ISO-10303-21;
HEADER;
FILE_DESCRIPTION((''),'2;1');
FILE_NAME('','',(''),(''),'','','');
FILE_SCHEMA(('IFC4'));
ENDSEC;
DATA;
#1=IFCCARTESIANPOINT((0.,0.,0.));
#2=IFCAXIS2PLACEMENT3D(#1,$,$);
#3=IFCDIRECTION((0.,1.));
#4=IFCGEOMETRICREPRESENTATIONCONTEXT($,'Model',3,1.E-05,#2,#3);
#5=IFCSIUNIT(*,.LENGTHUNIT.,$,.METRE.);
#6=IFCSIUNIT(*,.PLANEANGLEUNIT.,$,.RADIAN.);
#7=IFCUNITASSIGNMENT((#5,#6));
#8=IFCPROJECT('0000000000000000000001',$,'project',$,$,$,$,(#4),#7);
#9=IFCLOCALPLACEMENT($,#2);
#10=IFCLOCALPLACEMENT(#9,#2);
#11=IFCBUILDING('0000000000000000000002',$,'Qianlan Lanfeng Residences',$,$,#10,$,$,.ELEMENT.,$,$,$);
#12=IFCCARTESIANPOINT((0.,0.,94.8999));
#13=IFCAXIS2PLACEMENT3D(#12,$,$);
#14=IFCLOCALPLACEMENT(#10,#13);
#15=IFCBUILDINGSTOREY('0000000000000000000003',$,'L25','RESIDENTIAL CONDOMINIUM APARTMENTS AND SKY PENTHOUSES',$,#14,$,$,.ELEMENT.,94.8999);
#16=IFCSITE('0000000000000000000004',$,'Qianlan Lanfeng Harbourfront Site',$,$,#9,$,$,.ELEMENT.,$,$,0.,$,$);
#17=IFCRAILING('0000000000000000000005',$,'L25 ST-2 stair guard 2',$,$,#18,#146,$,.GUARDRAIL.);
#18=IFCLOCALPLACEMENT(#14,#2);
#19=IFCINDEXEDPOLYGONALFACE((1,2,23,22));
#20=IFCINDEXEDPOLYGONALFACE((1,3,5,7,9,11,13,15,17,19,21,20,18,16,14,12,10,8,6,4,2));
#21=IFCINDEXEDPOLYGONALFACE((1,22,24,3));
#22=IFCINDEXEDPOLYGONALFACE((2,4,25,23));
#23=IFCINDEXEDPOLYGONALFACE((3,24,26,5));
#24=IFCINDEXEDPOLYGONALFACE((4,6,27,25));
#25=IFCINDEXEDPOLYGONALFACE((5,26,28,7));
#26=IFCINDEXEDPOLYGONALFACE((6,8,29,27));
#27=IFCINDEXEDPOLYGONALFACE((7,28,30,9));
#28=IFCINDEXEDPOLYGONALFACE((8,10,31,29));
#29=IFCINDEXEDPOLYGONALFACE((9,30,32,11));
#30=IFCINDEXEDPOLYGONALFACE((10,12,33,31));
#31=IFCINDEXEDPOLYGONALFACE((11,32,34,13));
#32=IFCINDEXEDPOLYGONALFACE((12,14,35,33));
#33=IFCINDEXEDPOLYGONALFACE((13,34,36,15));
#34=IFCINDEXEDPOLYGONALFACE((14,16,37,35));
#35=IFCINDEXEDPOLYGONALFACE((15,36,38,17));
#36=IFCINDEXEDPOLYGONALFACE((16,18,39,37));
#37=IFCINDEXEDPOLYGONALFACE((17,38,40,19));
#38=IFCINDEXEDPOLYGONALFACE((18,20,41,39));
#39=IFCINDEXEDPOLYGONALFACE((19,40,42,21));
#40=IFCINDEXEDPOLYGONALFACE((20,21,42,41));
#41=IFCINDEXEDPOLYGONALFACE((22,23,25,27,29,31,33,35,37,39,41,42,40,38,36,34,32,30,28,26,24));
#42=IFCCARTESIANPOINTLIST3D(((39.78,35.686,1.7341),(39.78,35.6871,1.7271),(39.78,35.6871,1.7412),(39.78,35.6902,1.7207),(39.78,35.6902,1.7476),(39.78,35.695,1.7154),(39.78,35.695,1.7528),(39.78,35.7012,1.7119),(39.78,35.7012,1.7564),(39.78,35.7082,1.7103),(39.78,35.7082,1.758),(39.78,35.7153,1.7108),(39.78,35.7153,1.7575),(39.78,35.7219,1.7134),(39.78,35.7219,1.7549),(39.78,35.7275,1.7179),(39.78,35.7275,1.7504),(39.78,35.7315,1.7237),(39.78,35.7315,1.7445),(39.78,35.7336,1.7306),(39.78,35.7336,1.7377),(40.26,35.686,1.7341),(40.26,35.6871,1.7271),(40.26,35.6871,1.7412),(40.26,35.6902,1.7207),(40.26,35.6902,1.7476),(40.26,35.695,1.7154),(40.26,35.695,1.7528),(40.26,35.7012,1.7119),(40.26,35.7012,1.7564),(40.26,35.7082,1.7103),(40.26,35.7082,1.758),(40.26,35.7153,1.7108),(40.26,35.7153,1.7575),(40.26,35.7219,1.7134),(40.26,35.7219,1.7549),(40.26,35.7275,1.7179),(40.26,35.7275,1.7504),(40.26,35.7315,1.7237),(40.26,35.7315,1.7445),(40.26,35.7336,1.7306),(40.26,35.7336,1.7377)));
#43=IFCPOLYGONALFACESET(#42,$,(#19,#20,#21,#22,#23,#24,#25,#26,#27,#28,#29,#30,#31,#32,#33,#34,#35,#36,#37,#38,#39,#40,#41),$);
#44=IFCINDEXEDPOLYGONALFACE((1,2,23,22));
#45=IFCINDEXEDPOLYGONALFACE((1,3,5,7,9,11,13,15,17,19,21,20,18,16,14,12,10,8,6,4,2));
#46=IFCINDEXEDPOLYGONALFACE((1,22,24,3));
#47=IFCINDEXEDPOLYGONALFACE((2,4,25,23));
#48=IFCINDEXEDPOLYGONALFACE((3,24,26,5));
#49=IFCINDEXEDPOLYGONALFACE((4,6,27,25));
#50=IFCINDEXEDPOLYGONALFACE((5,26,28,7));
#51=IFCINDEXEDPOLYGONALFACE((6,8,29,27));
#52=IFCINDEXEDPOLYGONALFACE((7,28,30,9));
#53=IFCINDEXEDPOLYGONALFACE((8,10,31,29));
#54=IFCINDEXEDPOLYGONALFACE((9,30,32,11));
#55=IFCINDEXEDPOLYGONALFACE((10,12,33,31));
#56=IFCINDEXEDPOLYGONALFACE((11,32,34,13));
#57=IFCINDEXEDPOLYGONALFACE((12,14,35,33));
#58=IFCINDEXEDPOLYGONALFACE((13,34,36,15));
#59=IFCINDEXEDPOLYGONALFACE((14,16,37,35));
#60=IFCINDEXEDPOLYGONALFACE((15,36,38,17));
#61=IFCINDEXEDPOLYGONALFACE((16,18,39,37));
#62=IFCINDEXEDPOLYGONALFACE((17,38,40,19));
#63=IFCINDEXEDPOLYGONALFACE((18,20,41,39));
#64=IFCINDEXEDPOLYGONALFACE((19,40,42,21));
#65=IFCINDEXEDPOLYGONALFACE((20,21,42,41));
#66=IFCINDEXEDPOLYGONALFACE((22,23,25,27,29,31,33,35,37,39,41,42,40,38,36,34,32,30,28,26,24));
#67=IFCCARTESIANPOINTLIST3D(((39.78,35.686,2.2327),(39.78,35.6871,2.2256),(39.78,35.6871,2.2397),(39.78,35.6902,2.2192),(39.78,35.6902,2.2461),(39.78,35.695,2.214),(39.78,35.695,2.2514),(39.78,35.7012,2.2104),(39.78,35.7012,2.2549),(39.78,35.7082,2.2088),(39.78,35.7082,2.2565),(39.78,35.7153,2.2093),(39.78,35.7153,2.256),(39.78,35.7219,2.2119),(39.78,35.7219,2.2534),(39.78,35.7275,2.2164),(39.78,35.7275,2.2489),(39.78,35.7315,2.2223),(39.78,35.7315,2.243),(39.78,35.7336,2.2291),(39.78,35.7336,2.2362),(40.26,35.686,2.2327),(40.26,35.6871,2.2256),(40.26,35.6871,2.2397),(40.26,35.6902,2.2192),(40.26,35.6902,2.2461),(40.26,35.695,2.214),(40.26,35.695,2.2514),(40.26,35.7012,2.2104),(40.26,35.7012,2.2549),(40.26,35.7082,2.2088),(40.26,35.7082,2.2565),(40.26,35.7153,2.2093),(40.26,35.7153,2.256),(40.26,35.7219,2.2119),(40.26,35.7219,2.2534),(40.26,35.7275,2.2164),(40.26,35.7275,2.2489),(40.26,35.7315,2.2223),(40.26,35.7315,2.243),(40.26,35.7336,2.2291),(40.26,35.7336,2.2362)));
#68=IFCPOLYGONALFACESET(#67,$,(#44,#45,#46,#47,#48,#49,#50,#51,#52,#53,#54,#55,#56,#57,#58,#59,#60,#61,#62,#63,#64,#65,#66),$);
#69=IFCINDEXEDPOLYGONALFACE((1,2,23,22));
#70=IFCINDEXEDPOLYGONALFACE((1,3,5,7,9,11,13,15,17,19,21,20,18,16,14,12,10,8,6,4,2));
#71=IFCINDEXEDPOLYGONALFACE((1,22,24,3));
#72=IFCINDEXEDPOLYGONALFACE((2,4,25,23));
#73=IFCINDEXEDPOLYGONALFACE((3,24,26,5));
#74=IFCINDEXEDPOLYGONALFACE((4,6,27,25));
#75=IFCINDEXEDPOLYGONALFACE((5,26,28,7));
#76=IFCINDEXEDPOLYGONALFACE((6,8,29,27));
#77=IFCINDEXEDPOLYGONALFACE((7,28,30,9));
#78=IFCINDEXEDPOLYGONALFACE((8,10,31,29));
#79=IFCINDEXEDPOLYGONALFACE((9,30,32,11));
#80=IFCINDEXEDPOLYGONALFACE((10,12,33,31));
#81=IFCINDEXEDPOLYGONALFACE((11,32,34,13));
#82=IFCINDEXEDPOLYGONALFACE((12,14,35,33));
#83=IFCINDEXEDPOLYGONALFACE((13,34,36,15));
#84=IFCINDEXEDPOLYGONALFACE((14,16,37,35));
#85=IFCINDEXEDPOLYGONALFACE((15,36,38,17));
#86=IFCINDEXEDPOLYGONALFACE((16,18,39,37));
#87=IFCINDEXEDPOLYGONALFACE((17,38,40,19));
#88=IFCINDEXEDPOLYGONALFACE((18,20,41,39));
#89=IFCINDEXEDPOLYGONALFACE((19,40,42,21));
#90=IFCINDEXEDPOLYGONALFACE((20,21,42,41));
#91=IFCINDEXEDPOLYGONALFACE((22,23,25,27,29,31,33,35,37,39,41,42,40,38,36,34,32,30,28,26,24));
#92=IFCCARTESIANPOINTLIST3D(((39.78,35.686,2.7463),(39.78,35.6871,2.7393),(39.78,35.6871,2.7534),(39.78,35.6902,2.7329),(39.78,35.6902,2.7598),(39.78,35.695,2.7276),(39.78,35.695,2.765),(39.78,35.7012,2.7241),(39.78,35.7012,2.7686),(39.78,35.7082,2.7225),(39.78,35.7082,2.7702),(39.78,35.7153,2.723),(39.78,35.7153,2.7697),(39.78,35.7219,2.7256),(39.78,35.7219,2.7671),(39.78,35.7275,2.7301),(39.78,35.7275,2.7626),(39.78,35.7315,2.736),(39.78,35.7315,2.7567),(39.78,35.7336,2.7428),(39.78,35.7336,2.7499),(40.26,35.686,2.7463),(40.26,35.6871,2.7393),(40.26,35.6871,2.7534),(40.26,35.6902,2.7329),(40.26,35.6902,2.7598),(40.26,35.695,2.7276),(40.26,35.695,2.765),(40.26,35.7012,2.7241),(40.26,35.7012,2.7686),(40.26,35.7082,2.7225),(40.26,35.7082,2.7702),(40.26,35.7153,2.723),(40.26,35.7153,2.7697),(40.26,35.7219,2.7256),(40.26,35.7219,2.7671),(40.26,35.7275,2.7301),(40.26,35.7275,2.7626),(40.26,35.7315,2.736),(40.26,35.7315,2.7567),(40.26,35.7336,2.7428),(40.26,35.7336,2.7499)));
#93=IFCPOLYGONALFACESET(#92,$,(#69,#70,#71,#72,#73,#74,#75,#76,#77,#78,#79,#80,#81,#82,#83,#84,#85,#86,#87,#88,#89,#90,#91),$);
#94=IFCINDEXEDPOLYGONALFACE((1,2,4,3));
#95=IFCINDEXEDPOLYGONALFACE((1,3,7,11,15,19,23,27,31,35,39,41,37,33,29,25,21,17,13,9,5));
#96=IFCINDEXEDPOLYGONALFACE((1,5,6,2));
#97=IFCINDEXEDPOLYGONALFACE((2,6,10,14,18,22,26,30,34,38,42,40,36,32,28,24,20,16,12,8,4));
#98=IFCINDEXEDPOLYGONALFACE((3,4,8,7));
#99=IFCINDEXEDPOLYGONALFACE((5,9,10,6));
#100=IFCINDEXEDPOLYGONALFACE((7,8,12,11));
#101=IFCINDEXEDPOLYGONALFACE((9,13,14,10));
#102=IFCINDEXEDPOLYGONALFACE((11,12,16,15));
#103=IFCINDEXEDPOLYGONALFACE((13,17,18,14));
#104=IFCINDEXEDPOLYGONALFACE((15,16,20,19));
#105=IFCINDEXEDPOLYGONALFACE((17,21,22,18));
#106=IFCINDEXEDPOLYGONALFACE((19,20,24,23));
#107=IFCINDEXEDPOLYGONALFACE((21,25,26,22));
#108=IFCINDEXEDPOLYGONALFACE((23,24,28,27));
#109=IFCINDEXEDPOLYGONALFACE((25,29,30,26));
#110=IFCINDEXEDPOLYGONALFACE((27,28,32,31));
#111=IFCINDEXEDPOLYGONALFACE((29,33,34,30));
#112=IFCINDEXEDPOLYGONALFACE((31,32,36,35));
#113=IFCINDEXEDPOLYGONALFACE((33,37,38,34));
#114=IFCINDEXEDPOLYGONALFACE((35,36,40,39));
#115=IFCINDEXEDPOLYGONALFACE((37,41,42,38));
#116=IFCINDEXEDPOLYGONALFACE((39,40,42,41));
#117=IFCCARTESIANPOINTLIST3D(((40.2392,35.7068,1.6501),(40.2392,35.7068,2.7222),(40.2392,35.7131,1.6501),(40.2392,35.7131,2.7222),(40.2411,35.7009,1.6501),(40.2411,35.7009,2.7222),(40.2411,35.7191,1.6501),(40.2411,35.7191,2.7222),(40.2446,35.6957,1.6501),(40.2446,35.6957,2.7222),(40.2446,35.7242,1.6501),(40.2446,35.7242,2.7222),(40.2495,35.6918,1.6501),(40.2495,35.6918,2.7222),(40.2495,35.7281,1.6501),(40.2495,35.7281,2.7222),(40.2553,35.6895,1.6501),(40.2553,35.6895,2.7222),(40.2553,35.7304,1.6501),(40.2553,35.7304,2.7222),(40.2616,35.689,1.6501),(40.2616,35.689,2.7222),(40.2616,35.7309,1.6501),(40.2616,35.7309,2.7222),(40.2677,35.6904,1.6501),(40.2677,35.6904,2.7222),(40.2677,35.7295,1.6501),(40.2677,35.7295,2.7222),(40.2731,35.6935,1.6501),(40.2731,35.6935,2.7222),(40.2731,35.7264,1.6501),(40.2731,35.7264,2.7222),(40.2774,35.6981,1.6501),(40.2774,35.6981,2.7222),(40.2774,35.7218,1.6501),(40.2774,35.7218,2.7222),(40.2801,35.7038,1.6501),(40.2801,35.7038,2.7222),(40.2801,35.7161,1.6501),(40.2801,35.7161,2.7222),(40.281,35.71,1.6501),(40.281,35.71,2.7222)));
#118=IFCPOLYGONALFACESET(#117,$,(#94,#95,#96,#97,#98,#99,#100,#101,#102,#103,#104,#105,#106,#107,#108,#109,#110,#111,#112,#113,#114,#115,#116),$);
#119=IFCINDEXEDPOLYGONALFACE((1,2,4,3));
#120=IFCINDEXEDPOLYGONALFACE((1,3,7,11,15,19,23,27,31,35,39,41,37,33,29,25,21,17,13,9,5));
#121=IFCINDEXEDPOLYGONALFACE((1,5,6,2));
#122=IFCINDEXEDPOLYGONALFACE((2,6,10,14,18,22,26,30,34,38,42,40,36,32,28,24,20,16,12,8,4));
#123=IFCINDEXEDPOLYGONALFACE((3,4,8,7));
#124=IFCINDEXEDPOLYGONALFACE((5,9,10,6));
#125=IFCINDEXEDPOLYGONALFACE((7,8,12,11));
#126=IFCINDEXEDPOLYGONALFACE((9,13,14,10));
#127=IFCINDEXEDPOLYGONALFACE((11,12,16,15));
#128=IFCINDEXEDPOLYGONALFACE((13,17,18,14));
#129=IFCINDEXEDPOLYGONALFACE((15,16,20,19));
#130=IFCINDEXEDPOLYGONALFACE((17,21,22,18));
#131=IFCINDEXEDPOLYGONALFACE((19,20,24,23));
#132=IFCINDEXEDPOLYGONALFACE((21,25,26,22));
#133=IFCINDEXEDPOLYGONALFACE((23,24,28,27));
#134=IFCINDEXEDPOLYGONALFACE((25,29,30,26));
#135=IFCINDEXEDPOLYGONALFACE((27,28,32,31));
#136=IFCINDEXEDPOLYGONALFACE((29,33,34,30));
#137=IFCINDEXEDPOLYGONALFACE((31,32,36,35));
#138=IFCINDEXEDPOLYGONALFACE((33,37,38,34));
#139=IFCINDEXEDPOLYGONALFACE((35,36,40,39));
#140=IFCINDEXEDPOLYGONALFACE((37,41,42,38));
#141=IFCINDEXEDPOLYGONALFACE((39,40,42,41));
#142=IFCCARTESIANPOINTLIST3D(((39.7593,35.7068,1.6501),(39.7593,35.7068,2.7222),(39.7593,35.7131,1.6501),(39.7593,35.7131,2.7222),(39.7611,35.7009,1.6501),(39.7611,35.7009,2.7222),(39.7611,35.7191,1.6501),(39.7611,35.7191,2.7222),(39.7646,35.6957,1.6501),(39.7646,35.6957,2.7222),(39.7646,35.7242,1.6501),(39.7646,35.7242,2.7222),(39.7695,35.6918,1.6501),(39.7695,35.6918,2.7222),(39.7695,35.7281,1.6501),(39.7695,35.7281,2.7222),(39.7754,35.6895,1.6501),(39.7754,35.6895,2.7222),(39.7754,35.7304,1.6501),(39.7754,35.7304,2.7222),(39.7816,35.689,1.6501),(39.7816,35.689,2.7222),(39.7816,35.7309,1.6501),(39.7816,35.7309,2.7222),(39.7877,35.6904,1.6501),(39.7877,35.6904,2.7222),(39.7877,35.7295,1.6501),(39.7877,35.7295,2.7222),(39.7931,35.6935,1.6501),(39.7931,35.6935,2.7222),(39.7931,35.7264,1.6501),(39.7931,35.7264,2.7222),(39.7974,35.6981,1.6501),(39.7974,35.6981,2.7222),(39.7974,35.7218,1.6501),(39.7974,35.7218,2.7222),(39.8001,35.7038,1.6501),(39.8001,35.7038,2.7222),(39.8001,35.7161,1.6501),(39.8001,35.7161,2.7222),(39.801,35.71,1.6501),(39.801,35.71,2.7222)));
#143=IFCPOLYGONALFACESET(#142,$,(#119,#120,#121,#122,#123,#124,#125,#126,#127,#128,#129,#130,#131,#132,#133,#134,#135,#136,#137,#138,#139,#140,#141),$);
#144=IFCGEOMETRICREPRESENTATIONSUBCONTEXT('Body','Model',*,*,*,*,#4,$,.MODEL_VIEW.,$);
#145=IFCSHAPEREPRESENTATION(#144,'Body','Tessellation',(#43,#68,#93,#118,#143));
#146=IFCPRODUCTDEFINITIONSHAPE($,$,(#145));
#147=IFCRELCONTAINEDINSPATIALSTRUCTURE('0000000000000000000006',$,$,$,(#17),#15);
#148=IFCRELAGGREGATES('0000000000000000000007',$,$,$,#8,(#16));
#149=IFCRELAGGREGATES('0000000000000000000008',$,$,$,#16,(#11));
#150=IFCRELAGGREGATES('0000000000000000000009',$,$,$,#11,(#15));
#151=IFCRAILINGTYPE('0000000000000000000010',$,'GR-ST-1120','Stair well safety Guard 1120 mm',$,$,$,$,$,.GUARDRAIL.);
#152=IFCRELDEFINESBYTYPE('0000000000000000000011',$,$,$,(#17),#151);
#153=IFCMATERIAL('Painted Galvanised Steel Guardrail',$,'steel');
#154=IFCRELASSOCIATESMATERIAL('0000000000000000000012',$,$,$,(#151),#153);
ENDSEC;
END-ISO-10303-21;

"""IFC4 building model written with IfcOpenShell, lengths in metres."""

from ifc_helpers import new_model, si_unit, direction, frame, origin, origin_2d, place, context, subcontext, project, spatial, circle, extrude, material, type_object, element, save


model = new_model("IFC4")

# Units and contexts
model_context = context("Model", 3, precision=1e-05, world=origin(), true_north=direction((0.0, 1.0)))
body_context = subcontext(model_context, "Body", "Model", "MODEL_VIEW")
ifc_project = project(units=[si_unit("LENGTHUNIT", "METRE"), si_unit("PLANEANGLEUNIT", "RADIAN")], contexts=[model_context])

# Site, building, storey
site_placement = place(None, origin())
site = spatial("IfcSite", under=ifc_project, at=site_placement, Name="Qianlan Lanfeng Harbourfront Site", CompositionType="ELEMENT", RefElevation=0.0)
building_placement = place(site_placement, origin())
building = spatial("IfcBuilding", under=site, at=building_placement, Name="Qianlan Lanfeng Residences", CompositionType="ELEMENT")
storey_placement = place(building_placement, frame((0.0, 0.0, 94.8999)))
storey = spatial("IfcBuildingStorey", under=building, at=storey_placement, Name="L25", Description="RESIDENTIAL CONDOMINIUM APARTMENTS AND SKY PENTHOUSES", CompositionType="ELEMENT", Elevation=94.8999)

# Railing
ifc_material_1 = material(Name="Painted Galvanised Steel Guardrail", Category="steel")
railing_type_1 = type_object("IfcRailingType", Name="GR-ST-1120", Description="Stair well safety Guard 1120 mm", PredefinedType="GUARDRAIL", material=ifc_material_1)
railing_1_placement = place(storey_placement, frame((40.26, 35.71, 1.6501)))
element("IfcRailing", 1, at=railing_1_placement, inside=storey, type_object=railing_type_1, Name="L25 ST-2 stair guard 2", PredefinedType="GUARDRAIL", context=body_context, shape_type="SweptSolid", body=[
    extrude(circle(Radius=0.0239, at=origin_2d()), frame((0.0, 0.0, 0.084), z_axis=(-1.0, 0.0, 0.0), x_axis=(0.0, -1.0, 0.0)), (0.0, 0.0, 1.0), 0.48),
    extrude(circle(Radius=0.0239, at=origin_2d()), frame((0.0, 0.0, 0.5825), z_axis=(-1.0, 0.0, 0.0), x_axis=(0.0, -1.0, 0.0)), (0.0, 0.0, 1.0), 0.48),
    extrude(circle(Radius=0.0239, at=origin_2d()), frame((0.0, 0.0, 1.0962), z_axis=(-1.0, 0.0, 0.0), x_axis=(0.0, -1.0, 0.0)), (0.0, 0.0, 1.0), 0.48),
    extrude(circle(Radius=0.021, at=origin_2d()), origin(), (0.0, 0.0, 1.0), 1.072),
    extrude(circle(Radius=0.021, at=origin_2d()), frame((-0.48, 0.0, 0.0)), (0.0, 0.0, 1.0), 1.072),
])

save(model, "model.ifc")
